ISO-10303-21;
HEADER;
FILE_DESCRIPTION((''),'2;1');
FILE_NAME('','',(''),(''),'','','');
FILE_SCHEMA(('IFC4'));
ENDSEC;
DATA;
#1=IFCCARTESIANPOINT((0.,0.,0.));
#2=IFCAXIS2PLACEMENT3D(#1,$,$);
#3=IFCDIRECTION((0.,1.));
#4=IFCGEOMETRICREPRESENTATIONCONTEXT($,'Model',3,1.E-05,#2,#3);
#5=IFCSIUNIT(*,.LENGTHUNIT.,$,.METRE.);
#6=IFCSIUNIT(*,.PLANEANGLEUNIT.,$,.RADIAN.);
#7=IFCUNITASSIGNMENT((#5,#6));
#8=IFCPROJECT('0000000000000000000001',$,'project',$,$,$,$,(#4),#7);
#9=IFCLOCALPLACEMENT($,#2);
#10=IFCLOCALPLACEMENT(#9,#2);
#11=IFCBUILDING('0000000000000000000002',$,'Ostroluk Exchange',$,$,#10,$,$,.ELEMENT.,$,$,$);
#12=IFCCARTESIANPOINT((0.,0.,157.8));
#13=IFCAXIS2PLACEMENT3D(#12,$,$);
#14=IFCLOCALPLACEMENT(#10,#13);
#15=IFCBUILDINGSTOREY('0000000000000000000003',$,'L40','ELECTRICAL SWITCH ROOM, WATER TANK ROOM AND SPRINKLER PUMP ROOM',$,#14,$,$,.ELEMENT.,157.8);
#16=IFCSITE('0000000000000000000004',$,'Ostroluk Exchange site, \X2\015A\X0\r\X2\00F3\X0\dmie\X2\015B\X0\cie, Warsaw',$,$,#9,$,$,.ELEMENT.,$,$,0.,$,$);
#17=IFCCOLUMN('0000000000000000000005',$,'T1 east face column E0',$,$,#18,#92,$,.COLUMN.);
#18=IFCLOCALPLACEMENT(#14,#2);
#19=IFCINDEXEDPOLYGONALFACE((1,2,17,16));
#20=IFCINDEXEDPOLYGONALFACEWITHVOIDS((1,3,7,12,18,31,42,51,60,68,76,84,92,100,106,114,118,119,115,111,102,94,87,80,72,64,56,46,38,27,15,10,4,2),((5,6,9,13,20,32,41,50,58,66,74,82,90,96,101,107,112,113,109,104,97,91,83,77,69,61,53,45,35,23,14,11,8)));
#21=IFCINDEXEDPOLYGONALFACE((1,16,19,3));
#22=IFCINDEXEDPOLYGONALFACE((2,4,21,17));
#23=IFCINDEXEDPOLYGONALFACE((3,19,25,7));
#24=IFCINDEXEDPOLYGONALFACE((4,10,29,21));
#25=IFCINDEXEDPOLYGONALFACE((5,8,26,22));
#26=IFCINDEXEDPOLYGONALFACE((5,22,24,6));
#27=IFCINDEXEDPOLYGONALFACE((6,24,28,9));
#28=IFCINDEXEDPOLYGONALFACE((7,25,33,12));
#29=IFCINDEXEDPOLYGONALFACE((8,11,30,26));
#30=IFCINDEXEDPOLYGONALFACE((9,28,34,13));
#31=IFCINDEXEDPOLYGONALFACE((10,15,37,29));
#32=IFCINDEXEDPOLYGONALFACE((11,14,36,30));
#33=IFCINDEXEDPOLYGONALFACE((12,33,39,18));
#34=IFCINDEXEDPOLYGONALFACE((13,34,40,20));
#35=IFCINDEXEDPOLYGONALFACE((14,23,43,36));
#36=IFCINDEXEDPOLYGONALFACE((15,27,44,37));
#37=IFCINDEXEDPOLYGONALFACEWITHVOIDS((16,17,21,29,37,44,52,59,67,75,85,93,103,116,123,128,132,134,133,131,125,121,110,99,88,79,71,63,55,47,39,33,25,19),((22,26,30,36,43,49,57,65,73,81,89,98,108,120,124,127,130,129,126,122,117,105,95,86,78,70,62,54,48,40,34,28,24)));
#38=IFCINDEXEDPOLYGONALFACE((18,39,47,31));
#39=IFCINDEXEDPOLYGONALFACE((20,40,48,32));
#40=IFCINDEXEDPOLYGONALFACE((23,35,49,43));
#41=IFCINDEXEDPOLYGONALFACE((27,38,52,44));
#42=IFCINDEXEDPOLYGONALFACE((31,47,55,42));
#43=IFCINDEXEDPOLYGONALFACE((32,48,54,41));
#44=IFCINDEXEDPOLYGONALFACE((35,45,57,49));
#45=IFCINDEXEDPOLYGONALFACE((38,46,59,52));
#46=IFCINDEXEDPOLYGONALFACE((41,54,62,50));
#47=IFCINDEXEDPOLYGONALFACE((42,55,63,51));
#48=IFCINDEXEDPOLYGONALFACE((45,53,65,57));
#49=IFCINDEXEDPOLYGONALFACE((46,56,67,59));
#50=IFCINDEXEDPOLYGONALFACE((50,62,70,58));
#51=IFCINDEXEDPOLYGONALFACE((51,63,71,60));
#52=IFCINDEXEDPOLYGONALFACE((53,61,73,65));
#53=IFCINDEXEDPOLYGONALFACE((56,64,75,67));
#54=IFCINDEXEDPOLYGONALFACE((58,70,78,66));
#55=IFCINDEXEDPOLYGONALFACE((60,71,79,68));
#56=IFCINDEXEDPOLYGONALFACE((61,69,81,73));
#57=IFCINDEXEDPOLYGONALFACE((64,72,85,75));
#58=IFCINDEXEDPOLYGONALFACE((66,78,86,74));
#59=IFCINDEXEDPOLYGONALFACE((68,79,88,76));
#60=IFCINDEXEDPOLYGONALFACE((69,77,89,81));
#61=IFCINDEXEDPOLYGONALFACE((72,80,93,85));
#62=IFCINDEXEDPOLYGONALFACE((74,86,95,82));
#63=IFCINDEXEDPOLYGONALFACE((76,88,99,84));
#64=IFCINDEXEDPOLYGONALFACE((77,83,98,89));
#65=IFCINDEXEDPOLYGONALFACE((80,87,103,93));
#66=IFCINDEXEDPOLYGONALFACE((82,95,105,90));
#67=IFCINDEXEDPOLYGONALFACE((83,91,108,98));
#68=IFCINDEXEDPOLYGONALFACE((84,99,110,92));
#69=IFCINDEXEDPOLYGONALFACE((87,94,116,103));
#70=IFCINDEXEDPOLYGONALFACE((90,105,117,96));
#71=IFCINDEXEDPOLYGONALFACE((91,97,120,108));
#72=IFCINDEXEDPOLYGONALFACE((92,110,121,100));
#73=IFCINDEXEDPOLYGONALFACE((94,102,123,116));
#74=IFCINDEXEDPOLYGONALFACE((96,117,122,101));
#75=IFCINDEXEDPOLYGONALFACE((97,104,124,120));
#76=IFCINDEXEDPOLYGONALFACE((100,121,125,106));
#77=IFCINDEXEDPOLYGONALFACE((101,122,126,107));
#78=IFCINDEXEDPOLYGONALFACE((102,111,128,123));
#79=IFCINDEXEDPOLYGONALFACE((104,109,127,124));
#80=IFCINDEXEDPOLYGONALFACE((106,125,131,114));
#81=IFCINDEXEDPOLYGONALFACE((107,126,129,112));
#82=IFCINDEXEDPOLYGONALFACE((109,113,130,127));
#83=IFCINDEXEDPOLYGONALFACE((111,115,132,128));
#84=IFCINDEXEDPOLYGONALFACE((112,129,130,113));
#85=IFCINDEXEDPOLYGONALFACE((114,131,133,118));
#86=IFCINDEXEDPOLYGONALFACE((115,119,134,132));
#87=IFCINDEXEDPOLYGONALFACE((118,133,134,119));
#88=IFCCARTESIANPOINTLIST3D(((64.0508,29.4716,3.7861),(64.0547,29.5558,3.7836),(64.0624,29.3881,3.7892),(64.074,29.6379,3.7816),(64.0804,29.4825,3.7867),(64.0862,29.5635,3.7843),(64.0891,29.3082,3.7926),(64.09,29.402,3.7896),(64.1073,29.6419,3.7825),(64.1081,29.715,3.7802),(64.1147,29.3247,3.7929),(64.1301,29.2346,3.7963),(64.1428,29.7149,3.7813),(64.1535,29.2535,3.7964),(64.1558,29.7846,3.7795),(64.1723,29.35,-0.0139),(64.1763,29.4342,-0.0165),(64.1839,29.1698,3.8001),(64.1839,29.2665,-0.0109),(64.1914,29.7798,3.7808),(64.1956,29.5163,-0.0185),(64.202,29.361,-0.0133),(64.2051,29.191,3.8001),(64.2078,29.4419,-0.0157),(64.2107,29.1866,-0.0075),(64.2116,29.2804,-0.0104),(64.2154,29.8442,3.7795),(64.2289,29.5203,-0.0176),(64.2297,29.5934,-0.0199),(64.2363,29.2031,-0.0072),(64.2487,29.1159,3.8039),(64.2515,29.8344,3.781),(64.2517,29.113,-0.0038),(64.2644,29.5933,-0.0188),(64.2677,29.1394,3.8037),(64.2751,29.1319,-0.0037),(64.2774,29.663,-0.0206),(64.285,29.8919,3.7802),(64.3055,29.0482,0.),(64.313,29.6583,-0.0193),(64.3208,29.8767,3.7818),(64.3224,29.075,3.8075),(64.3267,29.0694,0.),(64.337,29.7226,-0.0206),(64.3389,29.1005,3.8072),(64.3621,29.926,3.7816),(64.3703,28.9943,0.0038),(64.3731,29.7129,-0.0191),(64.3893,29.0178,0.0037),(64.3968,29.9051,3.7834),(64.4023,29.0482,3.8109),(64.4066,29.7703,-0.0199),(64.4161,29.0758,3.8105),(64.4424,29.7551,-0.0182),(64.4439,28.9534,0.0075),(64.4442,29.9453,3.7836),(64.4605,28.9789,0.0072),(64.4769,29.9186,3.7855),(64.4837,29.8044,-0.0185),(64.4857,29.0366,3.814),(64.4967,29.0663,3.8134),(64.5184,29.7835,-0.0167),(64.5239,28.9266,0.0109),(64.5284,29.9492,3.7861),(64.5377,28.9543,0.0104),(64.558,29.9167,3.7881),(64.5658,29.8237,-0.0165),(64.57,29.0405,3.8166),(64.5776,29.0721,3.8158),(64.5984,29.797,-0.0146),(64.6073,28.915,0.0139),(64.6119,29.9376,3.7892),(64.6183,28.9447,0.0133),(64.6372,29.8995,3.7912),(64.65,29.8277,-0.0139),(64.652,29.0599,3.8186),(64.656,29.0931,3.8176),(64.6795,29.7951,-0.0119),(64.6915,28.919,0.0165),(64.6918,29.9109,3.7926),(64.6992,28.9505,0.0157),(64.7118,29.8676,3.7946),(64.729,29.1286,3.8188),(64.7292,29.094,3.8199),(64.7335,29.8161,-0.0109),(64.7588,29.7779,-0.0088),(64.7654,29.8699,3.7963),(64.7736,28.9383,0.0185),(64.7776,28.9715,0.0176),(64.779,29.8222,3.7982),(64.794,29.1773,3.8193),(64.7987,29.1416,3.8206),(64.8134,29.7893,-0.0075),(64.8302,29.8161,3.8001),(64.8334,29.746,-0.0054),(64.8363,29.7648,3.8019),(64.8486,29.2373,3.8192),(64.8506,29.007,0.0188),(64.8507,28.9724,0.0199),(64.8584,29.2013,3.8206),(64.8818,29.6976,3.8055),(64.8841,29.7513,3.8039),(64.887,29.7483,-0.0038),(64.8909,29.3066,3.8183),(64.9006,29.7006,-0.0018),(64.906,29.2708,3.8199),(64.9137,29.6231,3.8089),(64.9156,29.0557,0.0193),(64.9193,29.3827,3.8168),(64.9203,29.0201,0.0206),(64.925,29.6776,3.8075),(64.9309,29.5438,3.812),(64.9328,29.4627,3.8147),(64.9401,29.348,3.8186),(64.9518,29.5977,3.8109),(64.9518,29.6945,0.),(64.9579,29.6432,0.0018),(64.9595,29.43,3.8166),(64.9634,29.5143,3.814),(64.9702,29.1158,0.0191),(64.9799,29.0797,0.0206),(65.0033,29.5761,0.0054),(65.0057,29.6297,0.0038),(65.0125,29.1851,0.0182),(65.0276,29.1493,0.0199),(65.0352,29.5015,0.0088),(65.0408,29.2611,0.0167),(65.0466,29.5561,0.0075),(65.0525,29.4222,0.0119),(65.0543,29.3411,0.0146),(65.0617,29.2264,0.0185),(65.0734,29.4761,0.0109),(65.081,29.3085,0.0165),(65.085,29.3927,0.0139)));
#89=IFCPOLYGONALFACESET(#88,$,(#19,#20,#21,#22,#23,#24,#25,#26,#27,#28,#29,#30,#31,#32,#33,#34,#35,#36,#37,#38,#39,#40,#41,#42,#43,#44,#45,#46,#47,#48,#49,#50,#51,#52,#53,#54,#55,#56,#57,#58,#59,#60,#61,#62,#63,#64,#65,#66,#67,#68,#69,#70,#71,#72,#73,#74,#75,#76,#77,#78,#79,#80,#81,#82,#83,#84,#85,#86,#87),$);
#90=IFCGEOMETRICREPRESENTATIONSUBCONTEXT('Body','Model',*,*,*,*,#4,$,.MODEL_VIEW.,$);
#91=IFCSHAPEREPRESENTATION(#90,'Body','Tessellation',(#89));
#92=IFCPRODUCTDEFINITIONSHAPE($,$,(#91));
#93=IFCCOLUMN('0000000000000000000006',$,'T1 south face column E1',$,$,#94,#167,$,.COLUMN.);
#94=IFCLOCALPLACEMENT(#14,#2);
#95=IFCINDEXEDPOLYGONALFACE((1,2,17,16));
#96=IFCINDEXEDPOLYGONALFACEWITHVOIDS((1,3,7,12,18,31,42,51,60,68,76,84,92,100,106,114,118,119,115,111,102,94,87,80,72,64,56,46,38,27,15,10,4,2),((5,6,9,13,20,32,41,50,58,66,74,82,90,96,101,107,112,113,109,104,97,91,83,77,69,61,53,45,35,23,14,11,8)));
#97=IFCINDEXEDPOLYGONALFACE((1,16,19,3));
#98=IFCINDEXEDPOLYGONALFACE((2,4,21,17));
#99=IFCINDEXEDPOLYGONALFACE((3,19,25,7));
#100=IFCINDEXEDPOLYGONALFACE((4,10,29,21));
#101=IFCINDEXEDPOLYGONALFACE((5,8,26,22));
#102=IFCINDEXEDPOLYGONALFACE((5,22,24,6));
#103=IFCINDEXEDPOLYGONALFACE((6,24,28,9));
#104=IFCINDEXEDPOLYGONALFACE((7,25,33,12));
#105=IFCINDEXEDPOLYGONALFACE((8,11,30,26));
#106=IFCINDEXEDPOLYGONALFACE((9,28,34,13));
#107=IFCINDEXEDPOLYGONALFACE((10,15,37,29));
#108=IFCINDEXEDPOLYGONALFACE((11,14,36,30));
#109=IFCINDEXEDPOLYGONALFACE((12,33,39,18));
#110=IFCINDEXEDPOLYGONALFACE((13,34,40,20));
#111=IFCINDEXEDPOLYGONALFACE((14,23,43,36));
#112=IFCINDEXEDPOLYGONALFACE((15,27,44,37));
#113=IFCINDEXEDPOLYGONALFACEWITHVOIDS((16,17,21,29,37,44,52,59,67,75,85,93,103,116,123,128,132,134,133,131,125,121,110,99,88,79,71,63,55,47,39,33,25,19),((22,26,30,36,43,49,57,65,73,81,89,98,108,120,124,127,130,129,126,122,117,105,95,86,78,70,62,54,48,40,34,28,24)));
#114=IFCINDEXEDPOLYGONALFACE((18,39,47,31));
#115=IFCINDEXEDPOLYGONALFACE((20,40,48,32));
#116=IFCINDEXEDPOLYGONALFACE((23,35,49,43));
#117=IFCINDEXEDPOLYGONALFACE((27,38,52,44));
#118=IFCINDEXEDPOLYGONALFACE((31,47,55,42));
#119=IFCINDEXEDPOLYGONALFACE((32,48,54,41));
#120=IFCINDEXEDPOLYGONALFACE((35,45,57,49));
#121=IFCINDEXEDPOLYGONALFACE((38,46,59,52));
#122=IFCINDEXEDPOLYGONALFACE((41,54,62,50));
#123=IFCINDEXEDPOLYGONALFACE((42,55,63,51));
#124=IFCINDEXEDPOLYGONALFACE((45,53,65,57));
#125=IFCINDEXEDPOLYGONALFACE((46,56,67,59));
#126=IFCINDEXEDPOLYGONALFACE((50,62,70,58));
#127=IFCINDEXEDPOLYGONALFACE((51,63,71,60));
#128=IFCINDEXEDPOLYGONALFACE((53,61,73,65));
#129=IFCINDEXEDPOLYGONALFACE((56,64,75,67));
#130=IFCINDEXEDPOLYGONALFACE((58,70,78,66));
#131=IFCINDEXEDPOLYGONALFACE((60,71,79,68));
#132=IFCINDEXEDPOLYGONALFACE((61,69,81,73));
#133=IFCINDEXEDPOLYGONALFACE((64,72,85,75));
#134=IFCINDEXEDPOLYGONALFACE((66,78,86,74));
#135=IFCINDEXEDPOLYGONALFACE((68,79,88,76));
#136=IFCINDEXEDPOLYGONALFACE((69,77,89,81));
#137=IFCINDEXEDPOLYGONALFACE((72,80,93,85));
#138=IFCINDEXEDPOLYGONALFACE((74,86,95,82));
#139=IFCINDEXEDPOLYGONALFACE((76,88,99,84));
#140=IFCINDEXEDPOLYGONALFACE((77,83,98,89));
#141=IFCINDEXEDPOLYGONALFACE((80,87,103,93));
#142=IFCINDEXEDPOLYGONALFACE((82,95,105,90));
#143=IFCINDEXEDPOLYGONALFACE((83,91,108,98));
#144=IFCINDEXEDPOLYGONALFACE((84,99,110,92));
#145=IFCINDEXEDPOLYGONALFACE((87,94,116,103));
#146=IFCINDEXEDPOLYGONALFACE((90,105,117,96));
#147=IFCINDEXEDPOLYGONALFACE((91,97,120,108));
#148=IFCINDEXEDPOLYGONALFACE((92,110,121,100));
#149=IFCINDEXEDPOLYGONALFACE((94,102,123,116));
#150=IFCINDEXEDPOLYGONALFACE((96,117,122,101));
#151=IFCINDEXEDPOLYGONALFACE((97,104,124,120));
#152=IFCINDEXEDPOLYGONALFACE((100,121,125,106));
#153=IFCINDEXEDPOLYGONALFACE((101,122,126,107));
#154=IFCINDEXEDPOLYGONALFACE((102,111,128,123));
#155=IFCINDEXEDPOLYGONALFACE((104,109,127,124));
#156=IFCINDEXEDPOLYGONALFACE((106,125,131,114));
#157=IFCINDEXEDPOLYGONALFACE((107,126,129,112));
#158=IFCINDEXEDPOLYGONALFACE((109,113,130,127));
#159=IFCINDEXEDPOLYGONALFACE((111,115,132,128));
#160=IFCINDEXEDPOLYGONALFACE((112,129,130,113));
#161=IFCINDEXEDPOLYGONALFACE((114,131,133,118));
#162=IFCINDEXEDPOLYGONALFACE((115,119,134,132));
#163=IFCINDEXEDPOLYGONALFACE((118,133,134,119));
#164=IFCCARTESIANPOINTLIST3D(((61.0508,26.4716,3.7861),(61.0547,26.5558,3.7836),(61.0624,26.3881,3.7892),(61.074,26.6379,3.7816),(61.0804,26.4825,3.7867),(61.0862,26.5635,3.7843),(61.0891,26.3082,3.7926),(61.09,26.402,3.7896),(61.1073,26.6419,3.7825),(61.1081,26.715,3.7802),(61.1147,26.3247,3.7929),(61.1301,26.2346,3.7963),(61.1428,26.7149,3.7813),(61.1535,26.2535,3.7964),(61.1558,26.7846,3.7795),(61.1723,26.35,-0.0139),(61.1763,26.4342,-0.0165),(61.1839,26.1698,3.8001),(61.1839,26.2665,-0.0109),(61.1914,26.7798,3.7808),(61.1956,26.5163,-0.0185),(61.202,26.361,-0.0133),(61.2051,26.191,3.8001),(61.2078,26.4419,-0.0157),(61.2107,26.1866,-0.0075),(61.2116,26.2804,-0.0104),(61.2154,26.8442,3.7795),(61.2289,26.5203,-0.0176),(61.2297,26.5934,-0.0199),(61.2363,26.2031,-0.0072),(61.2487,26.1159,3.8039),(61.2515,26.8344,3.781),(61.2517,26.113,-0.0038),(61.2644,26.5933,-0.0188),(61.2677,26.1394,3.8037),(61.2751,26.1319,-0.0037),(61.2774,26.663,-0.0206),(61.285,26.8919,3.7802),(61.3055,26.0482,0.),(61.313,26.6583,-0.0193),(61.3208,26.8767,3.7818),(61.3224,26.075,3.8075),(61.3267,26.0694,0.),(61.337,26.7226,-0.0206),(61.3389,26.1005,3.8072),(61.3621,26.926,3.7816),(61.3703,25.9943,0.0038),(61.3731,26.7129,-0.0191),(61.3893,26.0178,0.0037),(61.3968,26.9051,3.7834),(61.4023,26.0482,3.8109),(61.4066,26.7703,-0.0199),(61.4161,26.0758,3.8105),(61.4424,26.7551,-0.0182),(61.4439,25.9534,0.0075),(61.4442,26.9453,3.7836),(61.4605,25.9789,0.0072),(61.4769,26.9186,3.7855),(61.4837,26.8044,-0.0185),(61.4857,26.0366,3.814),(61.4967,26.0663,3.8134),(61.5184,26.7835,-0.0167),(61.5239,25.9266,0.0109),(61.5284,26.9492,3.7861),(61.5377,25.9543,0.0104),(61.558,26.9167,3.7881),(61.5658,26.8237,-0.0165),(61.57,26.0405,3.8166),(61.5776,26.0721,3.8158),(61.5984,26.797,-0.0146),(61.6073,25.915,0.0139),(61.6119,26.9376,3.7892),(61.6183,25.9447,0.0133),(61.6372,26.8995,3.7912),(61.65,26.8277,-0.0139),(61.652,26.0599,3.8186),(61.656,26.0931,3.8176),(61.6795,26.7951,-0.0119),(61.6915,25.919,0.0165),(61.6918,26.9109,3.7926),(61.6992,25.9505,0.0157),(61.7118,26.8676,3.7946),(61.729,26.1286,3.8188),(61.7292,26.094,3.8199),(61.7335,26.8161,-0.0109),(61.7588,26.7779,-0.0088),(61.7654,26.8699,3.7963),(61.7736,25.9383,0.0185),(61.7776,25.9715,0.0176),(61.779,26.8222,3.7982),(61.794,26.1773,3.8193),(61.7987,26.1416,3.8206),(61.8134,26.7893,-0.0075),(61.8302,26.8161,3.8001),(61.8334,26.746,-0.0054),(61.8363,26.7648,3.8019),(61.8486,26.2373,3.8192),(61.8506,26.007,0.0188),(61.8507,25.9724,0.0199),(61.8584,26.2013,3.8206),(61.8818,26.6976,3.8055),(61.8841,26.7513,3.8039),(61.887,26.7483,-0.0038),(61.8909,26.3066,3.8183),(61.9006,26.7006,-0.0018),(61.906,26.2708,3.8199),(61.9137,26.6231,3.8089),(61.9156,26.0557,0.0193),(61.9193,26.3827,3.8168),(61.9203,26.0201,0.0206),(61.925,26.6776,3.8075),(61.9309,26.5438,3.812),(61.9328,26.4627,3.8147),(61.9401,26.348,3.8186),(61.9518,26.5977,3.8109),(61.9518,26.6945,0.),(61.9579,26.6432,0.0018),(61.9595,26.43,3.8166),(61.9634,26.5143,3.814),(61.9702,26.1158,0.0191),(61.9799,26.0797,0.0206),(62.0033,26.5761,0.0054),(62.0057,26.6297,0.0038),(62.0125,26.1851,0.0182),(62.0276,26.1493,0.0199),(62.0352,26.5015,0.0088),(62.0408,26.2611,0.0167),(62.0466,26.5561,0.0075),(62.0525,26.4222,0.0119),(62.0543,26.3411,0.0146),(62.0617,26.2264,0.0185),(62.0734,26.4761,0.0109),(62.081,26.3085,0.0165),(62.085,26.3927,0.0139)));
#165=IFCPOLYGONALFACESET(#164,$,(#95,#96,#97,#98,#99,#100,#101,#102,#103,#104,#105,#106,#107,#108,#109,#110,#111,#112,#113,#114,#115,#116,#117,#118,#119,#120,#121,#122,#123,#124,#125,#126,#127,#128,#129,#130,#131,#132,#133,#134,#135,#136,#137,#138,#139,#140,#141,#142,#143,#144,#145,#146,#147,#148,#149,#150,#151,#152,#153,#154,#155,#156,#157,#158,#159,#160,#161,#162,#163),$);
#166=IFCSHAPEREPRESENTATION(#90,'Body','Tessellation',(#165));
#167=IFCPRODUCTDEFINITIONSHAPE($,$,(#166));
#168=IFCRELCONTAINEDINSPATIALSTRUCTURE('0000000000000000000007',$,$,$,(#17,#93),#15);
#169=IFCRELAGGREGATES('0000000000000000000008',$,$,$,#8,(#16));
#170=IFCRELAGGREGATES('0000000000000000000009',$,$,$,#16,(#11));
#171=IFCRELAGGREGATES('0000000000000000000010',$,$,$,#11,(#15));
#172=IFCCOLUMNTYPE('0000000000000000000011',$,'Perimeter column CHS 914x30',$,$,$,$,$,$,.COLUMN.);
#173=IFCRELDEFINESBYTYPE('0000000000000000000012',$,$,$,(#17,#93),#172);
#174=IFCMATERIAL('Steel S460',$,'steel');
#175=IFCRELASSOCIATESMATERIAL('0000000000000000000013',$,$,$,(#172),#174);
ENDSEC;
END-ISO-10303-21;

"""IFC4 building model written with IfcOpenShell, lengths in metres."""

from ifc_helpers import new_model, si_unit, direction, frame, origin, origin_2d, place, context, subcontext, project, spatial, hollow_circle, extrude, material, material_profile, profile_set, type_object, element, save


model = new_model("IFC4")

# Units and contexts
model_context = context("Model", 3, precision=1e-05, world=origin(), true_north=direction((0.0, 1.0)))
body_context = subcontext(model_context, "Body", "Model", "MODEL_VIEW")
ifc_project = project(units=[si_unit("LENGTHUNIT", "METRE"), si_unit("PLANEANGLEUNIT", "RADIAN")], contexts=[model_context])

# Site, building, storey
site_placement = place(None, origin())
site = spatial("IfcSite", under=ifc_project, at=site_placement, Name="Ostroluk Exchange site, Śródmieście, Warsaw", CompositionType="ELEMENT", RefElevation=0.0)
building_placement = place(site_placement, origin())
building = spatial("IfcBuilding", under=site, at=building_placement, Name="Ostroluk Exchange", CompositionType="ELEMENT")
storey_placement = place(building_placement, frame((0.0, 0.0, 157.8)))
storey = spatial("IfcBuildingStorey", under=building, at=storey_placement, Name="L40", Description="ELECTRICAL SWITCH ROOM, WATER TANK ROOM AND SPRINKLER PUMP ROOM", CompositionType="ELEMENT", Elevation=157.8)

# Columns
ifc_material_1 = material(Name="Steel S460", Category="steel")
ifc_material_profile_1 = material_profile(ifc_material_1, hollow_circle(Radius=0.457, WallThickness=0.03, at=origin_2d()), Name="CHS 914x30")
ifc_profile_set_1 = profile_set([ifc_material_profile_1], Name="Steel S460")
column_type = type_object("IfcColumnType", Name="Perimeter column CHS 914x30", PredefinedType="COLUMN", material=ifc_profile_set_1)
for number, where, z_axis, x_axis, name in (
    (1, (64.6287, 29.3713, 0.0), (-0.031962, 0.031962, 0.998978), (-0.707107, -0.707107, 0.0), "T1 east face column E0"),
    (2, (61.6287, 26.3713, 0.0), (-0.031962, 0.031962, 0.998978), (-0.707107, -0.707107, 0.0), "T1 south face column E1"),
):
    element("IfcColumn", number, at=place(storey_placement, frame(where, z_axis=z_axis, x_axis=x_axis)), inside=storey, type_object=column_type, Name=name, PredefinedType="COLUMN", context=body_context, shape_type="SweptSolid", body=[
        extrude(hollow_circle(Radius=0.457, WallThickness=0.03, at=origin_2d()), origin(), (0.0, 0.0, 1.0), 3.804),
    ])

save(model, "model.ifc")
